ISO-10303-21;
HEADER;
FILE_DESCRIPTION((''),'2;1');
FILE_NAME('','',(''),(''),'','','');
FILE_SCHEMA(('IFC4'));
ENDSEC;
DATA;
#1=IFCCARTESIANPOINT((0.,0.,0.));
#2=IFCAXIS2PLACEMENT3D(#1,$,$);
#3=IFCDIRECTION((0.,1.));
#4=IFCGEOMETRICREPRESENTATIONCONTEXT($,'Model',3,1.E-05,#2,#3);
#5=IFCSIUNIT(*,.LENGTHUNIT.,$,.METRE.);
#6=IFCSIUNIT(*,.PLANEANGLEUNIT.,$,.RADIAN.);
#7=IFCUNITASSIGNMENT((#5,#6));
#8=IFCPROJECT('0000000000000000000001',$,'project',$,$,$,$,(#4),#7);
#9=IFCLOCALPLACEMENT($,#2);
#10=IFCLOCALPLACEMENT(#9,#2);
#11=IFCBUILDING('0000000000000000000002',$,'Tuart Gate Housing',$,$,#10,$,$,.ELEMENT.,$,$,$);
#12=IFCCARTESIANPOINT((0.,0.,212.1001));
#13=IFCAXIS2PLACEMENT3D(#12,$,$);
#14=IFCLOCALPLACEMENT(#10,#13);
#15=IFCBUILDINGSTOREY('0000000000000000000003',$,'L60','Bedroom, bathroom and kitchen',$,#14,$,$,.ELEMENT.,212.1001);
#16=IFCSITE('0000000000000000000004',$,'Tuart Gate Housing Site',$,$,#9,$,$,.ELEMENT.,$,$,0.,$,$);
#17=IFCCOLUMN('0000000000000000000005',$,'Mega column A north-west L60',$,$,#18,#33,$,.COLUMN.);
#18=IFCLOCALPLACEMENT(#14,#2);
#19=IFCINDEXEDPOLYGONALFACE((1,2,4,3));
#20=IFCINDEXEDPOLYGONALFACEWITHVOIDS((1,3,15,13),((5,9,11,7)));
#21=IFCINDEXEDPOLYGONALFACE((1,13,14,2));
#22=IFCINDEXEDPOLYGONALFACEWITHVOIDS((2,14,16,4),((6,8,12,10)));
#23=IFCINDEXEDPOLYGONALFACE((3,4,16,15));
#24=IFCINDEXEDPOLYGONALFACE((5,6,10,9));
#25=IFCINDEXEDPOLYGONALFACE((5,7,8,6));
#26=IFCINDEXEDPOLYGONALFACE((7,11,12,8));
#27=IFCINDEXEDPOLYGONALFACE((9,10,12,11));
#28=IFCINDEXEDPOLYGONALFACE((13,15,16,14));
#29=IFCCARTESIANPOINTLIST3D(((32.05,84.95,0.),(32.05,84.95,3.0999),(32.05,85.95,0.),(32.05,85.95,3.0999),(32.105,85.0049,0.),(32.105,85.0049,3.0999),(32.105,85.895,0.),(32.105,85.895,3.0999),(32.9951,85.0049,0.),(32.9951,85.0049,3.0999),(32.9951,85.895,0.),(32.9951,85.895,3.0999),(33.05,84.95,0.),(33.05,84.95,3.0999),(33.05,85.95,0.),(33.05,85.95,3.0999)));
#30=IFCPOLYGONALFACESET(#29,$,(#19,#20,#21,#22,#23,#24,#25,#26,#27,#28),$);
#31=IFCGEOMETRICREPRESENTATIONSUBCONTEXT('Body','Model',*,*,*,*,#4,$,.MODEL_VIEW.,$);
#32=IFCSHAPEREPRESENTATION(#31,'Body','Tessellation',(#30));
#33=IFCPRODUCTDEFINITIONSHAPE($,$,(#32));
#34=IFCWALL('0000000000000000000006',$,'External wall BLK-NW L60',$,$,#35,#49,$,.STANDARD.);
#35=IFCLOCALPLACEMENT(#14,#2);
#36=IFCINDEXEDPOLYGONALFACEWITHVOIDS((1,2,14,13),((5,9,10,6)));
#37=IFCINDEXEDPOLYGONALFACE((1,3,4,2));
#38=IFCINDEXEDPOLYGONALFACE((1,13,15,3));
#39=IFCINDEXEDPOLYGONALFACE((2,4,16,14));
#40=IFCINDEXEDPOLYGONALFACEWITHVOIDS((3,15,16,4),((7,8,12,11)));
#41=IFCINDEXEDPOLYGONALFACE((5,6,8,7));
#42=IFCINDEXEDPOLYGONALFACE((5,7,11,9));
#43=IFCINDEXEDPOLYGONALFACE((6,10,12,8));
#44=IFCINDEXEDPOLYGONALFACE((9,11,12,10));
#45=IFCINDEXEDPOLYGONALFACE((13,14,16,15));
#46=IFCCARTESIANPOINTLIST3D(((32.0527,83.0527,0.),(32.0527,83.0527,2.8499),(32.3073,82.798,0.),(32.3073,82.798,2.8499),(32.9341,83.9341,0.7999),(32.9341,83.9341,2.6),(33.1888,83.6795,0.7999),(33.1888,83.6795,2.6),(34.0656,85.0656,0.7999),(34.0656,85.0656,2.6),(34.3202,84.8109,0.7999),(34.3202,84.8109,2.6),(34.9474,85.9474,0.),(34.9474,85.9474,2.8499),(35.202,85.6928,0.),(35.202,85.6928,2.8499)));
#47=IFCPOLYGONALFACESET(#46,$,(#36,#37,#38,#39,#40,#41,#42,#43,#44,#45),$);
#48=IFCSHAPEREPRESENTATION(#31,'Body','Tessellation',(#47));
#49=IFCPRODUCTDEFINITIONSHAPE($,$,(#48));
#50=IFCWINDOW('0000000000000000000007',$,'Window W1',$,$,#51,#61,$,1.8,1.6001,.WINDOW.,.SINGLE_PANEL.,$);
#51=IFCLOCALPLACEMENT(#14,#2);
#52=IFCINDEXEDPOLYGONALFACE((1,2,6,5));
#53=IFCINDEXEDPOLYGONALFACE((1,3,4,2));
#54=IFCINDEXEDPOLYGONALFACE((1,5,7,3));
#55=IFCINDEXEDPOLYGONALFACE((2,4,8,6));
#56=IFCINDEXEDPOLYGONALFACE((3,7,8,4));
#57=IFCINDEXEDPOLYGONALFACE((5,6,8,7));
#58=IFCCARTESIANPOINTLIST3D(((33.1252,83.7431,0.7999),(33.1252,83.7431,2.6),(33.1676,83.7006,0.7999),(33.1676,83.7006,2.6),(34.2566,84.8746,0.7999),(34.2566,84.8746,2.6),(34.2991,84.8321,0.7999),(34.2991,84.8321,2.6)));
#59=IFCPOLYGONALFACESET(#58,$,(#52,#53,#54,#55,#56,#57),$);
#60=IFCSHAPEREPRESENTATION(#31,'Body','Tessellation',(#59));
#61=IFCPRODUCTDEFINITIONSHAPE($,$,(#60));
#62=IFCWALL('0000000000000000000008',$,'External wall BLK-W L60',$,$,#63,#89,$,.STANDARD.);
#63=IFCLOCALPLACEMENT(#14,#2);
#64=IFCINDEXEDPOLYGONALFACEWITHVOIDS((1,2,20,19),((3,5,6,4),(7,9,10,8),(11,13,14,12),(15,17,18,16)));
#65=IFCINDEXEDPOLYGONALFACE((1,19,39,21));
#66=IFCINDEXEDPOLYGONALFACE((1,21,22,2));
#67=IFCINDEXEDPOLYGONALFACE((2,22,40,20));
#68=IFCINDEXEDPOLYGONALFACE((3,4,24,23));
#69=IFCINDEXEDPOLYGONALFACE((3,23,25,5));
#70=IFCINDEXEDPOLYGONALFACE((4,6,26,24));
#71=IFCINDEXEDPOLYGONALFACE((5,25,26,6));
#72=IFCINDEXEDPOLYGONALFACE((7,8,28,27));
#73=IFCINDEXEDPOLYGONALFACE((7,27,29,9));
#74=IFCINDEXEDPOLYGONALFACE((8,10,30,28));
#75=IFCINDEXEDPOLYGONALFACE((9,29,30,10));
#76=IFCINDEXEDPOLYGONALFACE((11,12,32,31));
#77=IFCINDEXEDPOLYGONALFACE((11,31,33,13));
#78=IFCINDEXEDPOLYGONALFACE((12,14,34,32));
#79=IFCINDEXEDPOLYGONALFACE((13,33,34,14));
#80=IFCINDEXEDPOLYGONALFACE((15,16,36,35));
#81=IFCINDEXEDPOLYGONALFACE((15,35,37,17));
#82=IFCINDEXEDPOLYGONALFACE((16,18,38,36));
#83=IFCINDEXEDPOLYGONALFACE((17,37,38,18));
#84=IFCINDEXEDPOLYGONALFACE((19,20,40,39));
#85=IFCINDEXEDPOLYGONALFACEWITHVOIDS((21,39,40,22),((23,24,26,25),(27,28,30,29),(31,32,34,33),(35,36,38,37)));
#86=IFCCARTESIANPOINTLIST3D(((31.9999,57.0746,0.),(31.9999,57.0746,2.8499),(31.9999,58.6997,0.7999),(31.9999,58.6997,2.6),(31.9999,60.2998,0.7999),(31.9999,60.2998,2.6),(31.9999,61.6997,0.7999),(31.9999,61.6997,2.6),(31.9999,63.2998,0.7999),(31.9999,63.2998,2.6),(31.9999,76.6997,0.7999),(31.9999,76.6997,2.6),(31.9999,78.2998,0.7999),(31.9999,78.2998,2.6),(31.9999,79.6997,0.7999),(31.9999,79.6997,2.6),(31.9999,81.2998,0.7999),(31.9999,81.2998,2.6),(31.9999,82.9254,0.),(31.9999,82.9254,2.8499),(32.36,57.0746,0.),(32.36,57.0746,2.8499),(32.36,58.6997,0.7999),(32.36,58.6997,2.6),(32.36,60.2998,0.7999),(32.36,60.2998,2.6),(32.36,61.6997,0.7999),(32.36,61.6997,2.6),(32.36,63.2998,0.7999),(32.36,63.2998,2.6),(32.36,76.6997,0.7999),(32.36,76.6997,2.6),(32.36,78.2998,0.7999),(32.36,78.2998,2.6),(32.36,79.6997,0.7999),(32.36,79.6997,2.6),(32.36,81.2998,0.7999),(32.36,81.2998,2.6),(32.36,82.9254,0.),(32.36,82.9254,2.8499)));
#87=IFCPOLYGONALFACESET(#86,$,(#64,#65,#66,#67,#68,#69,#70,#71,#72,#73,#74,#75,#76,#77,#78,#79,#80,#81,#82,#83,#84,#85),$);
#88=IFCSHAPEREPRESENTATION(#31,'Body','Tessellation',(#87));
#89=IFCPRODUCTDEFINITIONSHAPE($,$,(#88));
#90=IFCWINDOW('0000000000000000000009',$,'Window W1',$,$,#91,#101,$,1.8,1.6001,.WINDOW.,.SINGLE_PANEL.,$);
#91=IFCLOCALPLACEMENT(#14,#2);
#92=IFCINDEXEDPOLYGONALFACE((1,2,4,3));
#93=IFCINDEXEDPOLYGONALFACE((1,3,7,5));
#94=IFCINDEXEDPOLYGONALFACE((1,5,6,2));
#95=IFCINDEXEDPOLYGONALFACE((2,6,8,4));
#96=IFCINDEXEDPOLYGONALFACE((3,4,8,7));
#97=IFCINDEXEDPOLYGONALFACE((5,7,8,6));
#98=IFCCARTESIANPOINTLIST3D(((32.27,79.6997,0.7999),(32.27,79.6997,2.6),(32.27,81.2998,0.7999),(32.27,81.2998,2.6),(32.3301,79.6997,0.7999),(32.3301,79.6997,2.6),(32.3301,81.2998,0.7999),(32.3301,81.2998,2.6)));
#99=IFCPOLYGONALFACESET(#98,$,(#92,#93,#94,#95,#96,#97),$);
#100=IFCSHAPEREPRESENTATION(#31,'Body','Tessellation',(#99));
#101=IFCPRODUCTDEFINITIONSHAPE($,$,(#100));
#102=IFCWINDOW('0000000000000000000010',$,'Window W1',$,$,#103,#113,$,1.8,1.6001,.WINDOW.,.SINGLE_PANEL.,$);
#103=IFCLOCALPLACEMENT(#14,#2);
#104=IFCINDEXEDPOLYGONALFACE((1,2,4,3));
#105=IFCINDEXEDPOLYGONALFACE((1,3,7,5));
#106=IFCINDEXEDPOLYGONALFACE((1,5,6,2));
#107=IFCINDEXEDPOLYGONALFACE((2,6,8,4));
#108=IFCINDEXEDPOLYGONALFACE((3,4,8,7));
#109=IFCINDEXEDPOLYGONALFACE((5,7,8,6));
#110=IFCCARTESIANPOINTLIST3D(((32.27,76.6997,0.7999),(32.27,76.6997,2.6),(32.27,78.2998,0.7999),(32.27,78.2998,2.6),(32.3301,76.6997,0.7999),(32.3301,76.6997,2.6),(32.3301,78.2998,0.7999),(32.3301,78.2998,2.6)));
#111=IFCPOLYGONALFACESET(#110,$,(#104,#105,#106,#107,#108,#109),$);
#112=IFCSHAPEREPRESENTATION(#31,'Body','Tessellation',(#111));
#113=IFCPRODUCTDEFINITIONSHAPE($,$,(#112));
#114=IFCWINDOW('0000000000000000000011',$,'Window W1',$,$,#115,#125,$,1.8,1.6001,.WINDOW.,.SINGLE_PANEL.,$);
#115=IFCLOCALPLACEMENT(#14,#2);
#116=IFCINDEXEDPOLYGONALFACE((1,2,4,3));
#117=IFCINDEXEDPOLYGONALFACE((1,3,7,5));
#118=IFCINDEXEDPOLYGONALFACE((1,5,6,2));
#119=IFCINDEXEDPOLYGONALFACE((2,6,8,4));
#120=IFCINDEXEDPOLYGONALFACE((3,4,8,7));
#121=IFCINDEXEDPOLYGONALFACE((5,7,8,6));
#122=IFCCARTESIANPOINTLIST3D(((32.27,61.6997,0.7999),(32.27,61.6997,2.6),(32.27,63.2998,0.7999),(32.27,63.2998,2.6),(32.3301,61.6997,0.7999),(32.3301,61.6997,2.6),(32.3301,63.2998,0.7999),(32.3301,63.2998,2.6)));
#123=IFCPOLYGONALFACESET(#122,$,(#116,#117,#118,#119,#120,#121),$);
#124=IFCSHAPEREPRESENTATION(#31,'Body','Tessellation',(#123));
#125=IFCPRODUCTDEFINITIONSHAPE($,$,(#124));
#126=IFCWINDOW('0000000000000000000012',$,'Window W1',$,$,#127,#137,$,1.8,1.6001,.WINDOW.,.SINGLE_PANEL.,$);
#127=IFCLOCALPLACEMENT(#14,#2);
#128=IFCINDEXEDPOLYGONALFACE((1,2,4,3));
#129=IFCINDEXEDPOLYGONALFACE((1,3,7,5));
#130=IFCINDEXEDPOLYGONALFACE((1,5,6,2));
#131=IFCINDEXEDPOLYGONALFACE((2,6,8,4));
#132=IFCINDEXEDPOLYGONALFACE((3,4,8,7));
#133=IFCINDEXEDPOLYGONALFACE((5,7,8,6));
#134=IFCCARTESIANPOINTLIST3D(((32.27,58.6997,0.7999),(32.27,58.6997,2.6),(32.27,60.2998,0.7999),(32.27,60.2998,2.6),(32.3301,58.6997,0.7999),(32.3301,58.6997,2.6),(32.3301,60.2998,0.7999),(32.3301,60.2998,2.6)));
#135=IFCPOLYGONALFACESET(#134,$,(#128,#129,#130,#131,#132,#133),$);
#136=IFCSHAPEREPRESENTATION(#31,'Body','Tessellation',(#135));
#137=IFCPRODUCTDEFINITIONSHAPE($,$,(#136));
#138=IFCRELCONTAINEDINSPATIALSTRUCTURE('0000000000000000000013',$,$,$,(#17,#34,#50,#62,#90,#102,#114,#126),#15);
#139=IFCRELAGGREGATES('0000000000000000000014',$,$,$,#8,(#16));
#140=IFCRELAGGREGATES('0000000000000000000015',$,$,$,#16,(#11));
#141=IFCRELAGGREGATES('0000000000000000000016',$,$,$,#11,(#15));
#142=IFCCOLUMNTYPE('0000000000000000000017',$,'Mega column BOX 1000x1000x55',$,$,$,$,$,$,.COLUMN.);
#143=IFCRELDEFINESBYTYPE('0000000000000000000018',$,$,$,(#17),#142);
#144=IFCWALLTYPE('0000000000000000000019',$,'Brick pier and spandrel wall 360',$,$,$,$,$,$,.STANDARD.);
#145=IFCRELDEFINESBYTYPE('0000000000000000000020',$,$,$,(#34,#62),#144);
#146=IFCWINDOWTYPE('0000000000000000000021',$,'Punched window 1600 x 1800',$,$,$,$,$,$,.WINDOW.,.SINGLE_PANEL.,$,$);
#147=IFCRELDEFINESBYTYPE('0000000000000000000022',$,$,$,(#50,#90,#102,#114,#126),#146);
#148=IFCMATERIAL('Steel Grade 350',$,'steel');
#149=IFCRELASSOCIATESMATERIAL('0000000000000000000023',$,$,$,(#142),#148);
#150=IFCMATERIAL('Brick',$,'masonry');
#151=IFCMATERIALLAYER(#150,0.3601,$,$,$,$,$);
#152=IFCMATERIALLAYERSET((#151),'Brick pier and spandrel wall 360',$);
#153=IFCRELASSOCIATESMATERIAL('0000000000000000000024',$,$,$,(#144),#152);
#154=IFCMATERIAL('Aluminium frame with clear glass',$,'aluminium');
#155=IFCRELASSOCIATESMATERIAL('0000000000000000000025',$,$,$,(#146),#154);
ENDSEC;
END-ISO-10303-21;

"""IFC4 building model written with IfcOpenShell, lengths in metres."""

from ifc_helpers import new_model, si_unit, direction, frame, frame_2d, origin, origin_2d, place, context, subcontext, project, spatial, rectangle, hollow_rectangle, extrude, material, layer, layer_set, material_profile, profile_set, type_object, element, fill, save


model = new_model("IFC4")

# Units and contexts
model_context = context("Model", 3, precision=1e-05, world=origin(), true_north=direction((0.0, 1.0)))
body_context = subcontext(model_context, "Body", "Model", "MODEL_VIEW")
ifc_project = project(units=[si_unit("LENGTHUNIT", "METRE"), si_unit("PLANEANGLEUNIT", "RADIAN")], contexts=[model_context])

# Site, building, storey
site_placement = place(None, origin())
site = spatial("IfcSite", under=ifc_project, at=site_placement, Name="Tuart Gate Housing Site", CompositionType="ELEMENT", RefElevation=0.0)
building_placement = place(site_placement, origin())
building = spatial("IfcBuilding", under=site, at=building_placement, Name="Tuart Gate Housing", CompositionType="ELEMENT")
storey_placement = place(building_placement, frame((0.0, 0.0, 212.1001)))
storey = spatial("IfcBuildingStorey", under=building, at=storey_placement, Name="L60", Description="Bedroom, bathroom and kitchen", CompositionType="ELEMENT", Elevation=212.1001)

# Column
ifc_material_1 = material(Name="Steel Grade 350", Category="steel")
ifc_material_profile = material_profile(ifc_material_1, hollow_rectangle(XDim=1.0, YDim=1.0, WallThickness=0.0549, at=origin_2d()), Name="BOX 1000x1000x55")
ifc_profile_set = profile_set([ifc_material_profile], Name="Steel Grade 350")
column_type = type_object("IfcColumnType", Name="Mega column BOX 1000x1000x55", PredefinedType="COLUMN", material=ifc_profile_set)
column_placement = place(storey_placement, frame((32.55, 85.45, 0.0), z_axis=(0.0, 0.0, 1.0), x_axis=(1.0, 0.0, 0.0)))
element("IfcColumn", 1, at=column_placement, inside=storey, type_object=column_type, Name="Mega column A north-west L60", PredefinedType="COLUMN", context=body_context, shape_type="SweptSolid", body=[
    extrude(hollow_rectangle(XDim=1.0, YDim=1.0, WallThickness=0.0549, at=origin_2d()), origin(), (0.0, 0.0, 1.0), 3.0999),
])

# Wall, opening, window
ifc_material_2 = material(Name="Brick", Category="masonry")
ifc_layer_1 = layer(ifc_material_2, 0.3601)
ifc_layer_set_1 = layer_set([ifc_layer_1], Name="Brick pier and spandrel wall 360")
wall_type_1 = type_object("IfcWallType", Name="Brick pier and spandrel wall 360", PredefinedType="STANDARD", material=ifc_layer_set_1)
wall_1_placement = place(storey_placement, frame((35.0747, 85.8201, 0.0), z_axis=(0.0, 0.0, 1.0), x_axis=(-0.707107, -0.707107, 0.0)))
wall_1 = element("IfcWall", 2, at=wall_1_placement, inside=storey, type_object=wall_type_1, Name="External wall BLK-NW L60", PredefinedType="STANDARD", context=body_context, shape_type="SweptSolid", body=[
    extrude(rectangle(XDim=4.0938, YDim=0.3601, at=frame_2d((2.0469, 0.0))), origin(), (0.0, 0.0, 1.0), 2.8499),
])
opening_1_placement = place(wall_1_placement, frame((1.2471, 0.0, 0.8)))
opening_1 = element("IfcOpeningElement", 3, at=opening_1_placement, cuts=wall_1, PredefinedType="OPENING", context=body_context, shape_type="SweptSolid", body=[
    extrude(rectangle(XDim=1.6001, YDim=1.8, at=frame_2d((0.8, 0.8999))), frame((0.0, 0.1899, 0.0), z_axis=(0.0, -1.0, 0.0), x_axis=(1.0, 0.0, 0.0)), (0.0, 0.0, 1.0), 0.3801),
])
ifc_material_3 = material(Name="Aluminium frame with clear glass", Category="aluminium")
window_type = type_object("IfcWindowType", Name="Punched window 1600 x 1800", PartitioningType="SINGLE_PANEL", PredefinedType="WINDOW", material=ifc_material_3)
window_1_placement = place(opening_1_placement, origin())
window_1 = element("IfcWindow", 4, at=window_1_placement, inside=storey, type_object=window_type, Name="Window W1", OverallHeight=1.8, OverallWidth=1.6001, PartitioningType="SINGLE_PANEL", PredefinedType="WINDOW", context=body_context, shape_type="SweptSolid", body=[
    extrude(rectangle(XDim=1.6001, YDim=1.8, at=frame_2d((0.8, 0.8999))), frame((0.0, 0.1501, 0.0), z_axis=(0.0, -1.0, 0.0), x_axis=(1.0, 0.0, 0.0)), (0.0, 0.0, 1.0), 0.0601),
])
fill(opening_1, window_1)

# Wall, openings, windows
wall_2_placement = place(storey_placement, frame((32.1799, 82.9253, 0.0), z_axis=(0.0, 0.0, 1.0), x_axis=(0.0, -1.0, 0.0)))
wall_2 = element("IfcWall", 5, at=wall_2_placement, inside=storey, type_object=wall_type_1, Name="External wall BLK-W L60", PredefinedType="STANDARD", context=body_context, shape_type="SweptSolid", body=[
    extrude(rectangle(XDim=25.8508, YDim=0.3601, at=frame_2d((12.9253, 0.0))), origin(), (0.0, 0.0, 1.0), 2.8499),
])
opening_2_placement = place(wall_2_placement, frame((1.6255, 0.0, 0.8)))
opening_2 = element("IfcOpeningElement", 6, at=opening_2_placement, cuts=wall_2, PredefinedType="OPENING", context=body_context, shape_type="SweptSolid", body=[
    extrude(rectangle(XDim=1.6001, YDim=1.8, at=frame_2d((0.8, 0.8999))), frame((0.0, 0.1899, 0.0), z_axis=(0.0, -1.0, 0.0), x_axis=(1.0, 0.0, 0.0)), (0.0, 0.0, 1.0), 0.3801),
])
opening_3_placement = place(wall_2_placement, frame((4.6255, 0.0, 0.8)))
opening_3 = element("IfcOpeningElement", 7, at=opening_3_placement, cuts=wall_2, PredefinedType="OPENING", context=body_context, shape_type="SweptSolid", body=[
    extrude(rectangle(XDim=1.6001, YDim=1.8, at=frame_2d((0.8, 0.8999))), frame((0.0, 0.1899, 0.0), z_axis=(0.0, -1.0, 0.0), x_axis=(1.0, 0.0, 0.0)), (0.0, 0.0, 1.0), 0.3801),
])
opening_4_placement = place(wall_2_placement, frame((19.6255, 0.0, 0.8)))
opening_4 = element("IfcOpeningElement", 8, at=opening_4_placement, cuts=wall_2, PredefinedType="OPENING", context=body_context, shape_type="SweptSolid", body=[
    extrude(rectangle(XDim=1.6001, YDim=1.8, at=frame_2d((0.8, 0.8999))), frame((0.0, 0.1899, 0.0), z_axis=(0.0, -1.0, 0.0), x_axis=(1.0, 0.0, 0.0)), (0.0, 0.0, 1.0), 0.3801),
])
opening_5_placement = place(wall_2_placement, frame((22.6255, 0.0, 0.8)))
opening_5 = element("IfcOpeningElement", 9, at=opening_5_placement, cuts=wall_2, PredefinedType="OPENING", context=body_context, shape_type="SweptSolid", body=[
    extrude(rectangle(XDim=1.6001, YDim=1.8, at=frame_2d((0.8, 0.8999))), frame((0.0, 0.1899, 0.0), z_axis=(0.0, -1.0, 0.0), x_axis=(1.0, 0.0, 0.0)), (0.0, 0.0, 1.0), 0.3801),
])
window_2_placement = place(opening_2_placement, origin())
window_2 = element("IfcWindow", 10, at=window_2_placement, inside=storey, type_object=window_type, Name="Window W1", OverallHeight=1.8, OverallWidth=1.6001, PartitioningType="SINGLE_PANEL", PredefinedType="WINDOW", context=body_context, shape_type="SweptSolid", body=[
    extrude(rectangle(XDim=1.6001, YDim=1.8, at=frame_2d((0.8, 0.8999))), frame((0.0, 0.1501, 0.0), z_axis=(0.0, -1.0, 0.0), x_axis=(1.0, 0.0, 0.0)), (0.0, 0.0, 1.0), 0.0601),
])
fill(opening_2, window_2)
window_3_placement = place(opening_3_placement, origin())
window_3 = element("IfcWindow", 11, at=window_3_placement, inside=storey, type_object=window_type, Name="Window W1", OverallHeight=1.8, OverallWidth=1.6001, PartitioningType="SINGLE_PANEL", PredefinedType="WINDOW", context=body_context, shape_type="SweptSolid", body=[
    extrude(rectangle(XDim=1.6001, YDim=1.8, at=frame_2d((0.8, 0.8999))), frame((0.0, 0.1501, 0.0), z_axis=(0.0, -1.0, 0.0), x_axis=(1.0, 0.0, 0.0)), (0.0, 0.0, 1.0), 0.0601),
])
fill(opening_3, window_3)
window_4_placement = place(opening_4_placement, origin())
window_4 = element("IfcWindow", 12, at=window_4_placement, inside=storey, type_object=window_type, Name="Window W1", OverallHeight=1.8, OverallWidth=1.6001, PartitioningType="SINGLE_PANEL", PredefinedType="WINDOW", context=body_context, shape_type="SweptSolid", body=[
    extrude(rectangle(XDim=1.6001, YDim=1.8, at=frame_2d((0.8, 0.8999))), frame((0.0, 0.1501, 0.0), z_axis=(0.0, -1.0, 0.0), x_axis=(1.0, 0.0, 0.0)), (0.0, 0.0, 1.0), 0.0601),
])
fill(opening_4, window_4)
window_5_placement = place(opening_5_placement, origin())
window_5 = element("IfcWindow", 13, at=window_5_placement, inside=storey, type_object=window_type, Name="Window W1", OverallHeight=1.8, OverallWidth=1.6001, PartitioningType="SINGLE_PANEL", PredefinedType="WINDOW", context=body_context, shape_type="SweptSolid", body=[
    extrude(rectangle(XDim=1.6001, YDim=1.8, at=frame_2d((0.8, 0.8999))), frame((0.0, 0.1501, 0.0), z_axis=(0.0, -1.0, 0.0), x_axis=(1.0, 0.0, 0.0)), (0.0, 0.0, 1.0), 0.0601),
])
fill(opening_5, window_5)

save(model, "model.ifc")
